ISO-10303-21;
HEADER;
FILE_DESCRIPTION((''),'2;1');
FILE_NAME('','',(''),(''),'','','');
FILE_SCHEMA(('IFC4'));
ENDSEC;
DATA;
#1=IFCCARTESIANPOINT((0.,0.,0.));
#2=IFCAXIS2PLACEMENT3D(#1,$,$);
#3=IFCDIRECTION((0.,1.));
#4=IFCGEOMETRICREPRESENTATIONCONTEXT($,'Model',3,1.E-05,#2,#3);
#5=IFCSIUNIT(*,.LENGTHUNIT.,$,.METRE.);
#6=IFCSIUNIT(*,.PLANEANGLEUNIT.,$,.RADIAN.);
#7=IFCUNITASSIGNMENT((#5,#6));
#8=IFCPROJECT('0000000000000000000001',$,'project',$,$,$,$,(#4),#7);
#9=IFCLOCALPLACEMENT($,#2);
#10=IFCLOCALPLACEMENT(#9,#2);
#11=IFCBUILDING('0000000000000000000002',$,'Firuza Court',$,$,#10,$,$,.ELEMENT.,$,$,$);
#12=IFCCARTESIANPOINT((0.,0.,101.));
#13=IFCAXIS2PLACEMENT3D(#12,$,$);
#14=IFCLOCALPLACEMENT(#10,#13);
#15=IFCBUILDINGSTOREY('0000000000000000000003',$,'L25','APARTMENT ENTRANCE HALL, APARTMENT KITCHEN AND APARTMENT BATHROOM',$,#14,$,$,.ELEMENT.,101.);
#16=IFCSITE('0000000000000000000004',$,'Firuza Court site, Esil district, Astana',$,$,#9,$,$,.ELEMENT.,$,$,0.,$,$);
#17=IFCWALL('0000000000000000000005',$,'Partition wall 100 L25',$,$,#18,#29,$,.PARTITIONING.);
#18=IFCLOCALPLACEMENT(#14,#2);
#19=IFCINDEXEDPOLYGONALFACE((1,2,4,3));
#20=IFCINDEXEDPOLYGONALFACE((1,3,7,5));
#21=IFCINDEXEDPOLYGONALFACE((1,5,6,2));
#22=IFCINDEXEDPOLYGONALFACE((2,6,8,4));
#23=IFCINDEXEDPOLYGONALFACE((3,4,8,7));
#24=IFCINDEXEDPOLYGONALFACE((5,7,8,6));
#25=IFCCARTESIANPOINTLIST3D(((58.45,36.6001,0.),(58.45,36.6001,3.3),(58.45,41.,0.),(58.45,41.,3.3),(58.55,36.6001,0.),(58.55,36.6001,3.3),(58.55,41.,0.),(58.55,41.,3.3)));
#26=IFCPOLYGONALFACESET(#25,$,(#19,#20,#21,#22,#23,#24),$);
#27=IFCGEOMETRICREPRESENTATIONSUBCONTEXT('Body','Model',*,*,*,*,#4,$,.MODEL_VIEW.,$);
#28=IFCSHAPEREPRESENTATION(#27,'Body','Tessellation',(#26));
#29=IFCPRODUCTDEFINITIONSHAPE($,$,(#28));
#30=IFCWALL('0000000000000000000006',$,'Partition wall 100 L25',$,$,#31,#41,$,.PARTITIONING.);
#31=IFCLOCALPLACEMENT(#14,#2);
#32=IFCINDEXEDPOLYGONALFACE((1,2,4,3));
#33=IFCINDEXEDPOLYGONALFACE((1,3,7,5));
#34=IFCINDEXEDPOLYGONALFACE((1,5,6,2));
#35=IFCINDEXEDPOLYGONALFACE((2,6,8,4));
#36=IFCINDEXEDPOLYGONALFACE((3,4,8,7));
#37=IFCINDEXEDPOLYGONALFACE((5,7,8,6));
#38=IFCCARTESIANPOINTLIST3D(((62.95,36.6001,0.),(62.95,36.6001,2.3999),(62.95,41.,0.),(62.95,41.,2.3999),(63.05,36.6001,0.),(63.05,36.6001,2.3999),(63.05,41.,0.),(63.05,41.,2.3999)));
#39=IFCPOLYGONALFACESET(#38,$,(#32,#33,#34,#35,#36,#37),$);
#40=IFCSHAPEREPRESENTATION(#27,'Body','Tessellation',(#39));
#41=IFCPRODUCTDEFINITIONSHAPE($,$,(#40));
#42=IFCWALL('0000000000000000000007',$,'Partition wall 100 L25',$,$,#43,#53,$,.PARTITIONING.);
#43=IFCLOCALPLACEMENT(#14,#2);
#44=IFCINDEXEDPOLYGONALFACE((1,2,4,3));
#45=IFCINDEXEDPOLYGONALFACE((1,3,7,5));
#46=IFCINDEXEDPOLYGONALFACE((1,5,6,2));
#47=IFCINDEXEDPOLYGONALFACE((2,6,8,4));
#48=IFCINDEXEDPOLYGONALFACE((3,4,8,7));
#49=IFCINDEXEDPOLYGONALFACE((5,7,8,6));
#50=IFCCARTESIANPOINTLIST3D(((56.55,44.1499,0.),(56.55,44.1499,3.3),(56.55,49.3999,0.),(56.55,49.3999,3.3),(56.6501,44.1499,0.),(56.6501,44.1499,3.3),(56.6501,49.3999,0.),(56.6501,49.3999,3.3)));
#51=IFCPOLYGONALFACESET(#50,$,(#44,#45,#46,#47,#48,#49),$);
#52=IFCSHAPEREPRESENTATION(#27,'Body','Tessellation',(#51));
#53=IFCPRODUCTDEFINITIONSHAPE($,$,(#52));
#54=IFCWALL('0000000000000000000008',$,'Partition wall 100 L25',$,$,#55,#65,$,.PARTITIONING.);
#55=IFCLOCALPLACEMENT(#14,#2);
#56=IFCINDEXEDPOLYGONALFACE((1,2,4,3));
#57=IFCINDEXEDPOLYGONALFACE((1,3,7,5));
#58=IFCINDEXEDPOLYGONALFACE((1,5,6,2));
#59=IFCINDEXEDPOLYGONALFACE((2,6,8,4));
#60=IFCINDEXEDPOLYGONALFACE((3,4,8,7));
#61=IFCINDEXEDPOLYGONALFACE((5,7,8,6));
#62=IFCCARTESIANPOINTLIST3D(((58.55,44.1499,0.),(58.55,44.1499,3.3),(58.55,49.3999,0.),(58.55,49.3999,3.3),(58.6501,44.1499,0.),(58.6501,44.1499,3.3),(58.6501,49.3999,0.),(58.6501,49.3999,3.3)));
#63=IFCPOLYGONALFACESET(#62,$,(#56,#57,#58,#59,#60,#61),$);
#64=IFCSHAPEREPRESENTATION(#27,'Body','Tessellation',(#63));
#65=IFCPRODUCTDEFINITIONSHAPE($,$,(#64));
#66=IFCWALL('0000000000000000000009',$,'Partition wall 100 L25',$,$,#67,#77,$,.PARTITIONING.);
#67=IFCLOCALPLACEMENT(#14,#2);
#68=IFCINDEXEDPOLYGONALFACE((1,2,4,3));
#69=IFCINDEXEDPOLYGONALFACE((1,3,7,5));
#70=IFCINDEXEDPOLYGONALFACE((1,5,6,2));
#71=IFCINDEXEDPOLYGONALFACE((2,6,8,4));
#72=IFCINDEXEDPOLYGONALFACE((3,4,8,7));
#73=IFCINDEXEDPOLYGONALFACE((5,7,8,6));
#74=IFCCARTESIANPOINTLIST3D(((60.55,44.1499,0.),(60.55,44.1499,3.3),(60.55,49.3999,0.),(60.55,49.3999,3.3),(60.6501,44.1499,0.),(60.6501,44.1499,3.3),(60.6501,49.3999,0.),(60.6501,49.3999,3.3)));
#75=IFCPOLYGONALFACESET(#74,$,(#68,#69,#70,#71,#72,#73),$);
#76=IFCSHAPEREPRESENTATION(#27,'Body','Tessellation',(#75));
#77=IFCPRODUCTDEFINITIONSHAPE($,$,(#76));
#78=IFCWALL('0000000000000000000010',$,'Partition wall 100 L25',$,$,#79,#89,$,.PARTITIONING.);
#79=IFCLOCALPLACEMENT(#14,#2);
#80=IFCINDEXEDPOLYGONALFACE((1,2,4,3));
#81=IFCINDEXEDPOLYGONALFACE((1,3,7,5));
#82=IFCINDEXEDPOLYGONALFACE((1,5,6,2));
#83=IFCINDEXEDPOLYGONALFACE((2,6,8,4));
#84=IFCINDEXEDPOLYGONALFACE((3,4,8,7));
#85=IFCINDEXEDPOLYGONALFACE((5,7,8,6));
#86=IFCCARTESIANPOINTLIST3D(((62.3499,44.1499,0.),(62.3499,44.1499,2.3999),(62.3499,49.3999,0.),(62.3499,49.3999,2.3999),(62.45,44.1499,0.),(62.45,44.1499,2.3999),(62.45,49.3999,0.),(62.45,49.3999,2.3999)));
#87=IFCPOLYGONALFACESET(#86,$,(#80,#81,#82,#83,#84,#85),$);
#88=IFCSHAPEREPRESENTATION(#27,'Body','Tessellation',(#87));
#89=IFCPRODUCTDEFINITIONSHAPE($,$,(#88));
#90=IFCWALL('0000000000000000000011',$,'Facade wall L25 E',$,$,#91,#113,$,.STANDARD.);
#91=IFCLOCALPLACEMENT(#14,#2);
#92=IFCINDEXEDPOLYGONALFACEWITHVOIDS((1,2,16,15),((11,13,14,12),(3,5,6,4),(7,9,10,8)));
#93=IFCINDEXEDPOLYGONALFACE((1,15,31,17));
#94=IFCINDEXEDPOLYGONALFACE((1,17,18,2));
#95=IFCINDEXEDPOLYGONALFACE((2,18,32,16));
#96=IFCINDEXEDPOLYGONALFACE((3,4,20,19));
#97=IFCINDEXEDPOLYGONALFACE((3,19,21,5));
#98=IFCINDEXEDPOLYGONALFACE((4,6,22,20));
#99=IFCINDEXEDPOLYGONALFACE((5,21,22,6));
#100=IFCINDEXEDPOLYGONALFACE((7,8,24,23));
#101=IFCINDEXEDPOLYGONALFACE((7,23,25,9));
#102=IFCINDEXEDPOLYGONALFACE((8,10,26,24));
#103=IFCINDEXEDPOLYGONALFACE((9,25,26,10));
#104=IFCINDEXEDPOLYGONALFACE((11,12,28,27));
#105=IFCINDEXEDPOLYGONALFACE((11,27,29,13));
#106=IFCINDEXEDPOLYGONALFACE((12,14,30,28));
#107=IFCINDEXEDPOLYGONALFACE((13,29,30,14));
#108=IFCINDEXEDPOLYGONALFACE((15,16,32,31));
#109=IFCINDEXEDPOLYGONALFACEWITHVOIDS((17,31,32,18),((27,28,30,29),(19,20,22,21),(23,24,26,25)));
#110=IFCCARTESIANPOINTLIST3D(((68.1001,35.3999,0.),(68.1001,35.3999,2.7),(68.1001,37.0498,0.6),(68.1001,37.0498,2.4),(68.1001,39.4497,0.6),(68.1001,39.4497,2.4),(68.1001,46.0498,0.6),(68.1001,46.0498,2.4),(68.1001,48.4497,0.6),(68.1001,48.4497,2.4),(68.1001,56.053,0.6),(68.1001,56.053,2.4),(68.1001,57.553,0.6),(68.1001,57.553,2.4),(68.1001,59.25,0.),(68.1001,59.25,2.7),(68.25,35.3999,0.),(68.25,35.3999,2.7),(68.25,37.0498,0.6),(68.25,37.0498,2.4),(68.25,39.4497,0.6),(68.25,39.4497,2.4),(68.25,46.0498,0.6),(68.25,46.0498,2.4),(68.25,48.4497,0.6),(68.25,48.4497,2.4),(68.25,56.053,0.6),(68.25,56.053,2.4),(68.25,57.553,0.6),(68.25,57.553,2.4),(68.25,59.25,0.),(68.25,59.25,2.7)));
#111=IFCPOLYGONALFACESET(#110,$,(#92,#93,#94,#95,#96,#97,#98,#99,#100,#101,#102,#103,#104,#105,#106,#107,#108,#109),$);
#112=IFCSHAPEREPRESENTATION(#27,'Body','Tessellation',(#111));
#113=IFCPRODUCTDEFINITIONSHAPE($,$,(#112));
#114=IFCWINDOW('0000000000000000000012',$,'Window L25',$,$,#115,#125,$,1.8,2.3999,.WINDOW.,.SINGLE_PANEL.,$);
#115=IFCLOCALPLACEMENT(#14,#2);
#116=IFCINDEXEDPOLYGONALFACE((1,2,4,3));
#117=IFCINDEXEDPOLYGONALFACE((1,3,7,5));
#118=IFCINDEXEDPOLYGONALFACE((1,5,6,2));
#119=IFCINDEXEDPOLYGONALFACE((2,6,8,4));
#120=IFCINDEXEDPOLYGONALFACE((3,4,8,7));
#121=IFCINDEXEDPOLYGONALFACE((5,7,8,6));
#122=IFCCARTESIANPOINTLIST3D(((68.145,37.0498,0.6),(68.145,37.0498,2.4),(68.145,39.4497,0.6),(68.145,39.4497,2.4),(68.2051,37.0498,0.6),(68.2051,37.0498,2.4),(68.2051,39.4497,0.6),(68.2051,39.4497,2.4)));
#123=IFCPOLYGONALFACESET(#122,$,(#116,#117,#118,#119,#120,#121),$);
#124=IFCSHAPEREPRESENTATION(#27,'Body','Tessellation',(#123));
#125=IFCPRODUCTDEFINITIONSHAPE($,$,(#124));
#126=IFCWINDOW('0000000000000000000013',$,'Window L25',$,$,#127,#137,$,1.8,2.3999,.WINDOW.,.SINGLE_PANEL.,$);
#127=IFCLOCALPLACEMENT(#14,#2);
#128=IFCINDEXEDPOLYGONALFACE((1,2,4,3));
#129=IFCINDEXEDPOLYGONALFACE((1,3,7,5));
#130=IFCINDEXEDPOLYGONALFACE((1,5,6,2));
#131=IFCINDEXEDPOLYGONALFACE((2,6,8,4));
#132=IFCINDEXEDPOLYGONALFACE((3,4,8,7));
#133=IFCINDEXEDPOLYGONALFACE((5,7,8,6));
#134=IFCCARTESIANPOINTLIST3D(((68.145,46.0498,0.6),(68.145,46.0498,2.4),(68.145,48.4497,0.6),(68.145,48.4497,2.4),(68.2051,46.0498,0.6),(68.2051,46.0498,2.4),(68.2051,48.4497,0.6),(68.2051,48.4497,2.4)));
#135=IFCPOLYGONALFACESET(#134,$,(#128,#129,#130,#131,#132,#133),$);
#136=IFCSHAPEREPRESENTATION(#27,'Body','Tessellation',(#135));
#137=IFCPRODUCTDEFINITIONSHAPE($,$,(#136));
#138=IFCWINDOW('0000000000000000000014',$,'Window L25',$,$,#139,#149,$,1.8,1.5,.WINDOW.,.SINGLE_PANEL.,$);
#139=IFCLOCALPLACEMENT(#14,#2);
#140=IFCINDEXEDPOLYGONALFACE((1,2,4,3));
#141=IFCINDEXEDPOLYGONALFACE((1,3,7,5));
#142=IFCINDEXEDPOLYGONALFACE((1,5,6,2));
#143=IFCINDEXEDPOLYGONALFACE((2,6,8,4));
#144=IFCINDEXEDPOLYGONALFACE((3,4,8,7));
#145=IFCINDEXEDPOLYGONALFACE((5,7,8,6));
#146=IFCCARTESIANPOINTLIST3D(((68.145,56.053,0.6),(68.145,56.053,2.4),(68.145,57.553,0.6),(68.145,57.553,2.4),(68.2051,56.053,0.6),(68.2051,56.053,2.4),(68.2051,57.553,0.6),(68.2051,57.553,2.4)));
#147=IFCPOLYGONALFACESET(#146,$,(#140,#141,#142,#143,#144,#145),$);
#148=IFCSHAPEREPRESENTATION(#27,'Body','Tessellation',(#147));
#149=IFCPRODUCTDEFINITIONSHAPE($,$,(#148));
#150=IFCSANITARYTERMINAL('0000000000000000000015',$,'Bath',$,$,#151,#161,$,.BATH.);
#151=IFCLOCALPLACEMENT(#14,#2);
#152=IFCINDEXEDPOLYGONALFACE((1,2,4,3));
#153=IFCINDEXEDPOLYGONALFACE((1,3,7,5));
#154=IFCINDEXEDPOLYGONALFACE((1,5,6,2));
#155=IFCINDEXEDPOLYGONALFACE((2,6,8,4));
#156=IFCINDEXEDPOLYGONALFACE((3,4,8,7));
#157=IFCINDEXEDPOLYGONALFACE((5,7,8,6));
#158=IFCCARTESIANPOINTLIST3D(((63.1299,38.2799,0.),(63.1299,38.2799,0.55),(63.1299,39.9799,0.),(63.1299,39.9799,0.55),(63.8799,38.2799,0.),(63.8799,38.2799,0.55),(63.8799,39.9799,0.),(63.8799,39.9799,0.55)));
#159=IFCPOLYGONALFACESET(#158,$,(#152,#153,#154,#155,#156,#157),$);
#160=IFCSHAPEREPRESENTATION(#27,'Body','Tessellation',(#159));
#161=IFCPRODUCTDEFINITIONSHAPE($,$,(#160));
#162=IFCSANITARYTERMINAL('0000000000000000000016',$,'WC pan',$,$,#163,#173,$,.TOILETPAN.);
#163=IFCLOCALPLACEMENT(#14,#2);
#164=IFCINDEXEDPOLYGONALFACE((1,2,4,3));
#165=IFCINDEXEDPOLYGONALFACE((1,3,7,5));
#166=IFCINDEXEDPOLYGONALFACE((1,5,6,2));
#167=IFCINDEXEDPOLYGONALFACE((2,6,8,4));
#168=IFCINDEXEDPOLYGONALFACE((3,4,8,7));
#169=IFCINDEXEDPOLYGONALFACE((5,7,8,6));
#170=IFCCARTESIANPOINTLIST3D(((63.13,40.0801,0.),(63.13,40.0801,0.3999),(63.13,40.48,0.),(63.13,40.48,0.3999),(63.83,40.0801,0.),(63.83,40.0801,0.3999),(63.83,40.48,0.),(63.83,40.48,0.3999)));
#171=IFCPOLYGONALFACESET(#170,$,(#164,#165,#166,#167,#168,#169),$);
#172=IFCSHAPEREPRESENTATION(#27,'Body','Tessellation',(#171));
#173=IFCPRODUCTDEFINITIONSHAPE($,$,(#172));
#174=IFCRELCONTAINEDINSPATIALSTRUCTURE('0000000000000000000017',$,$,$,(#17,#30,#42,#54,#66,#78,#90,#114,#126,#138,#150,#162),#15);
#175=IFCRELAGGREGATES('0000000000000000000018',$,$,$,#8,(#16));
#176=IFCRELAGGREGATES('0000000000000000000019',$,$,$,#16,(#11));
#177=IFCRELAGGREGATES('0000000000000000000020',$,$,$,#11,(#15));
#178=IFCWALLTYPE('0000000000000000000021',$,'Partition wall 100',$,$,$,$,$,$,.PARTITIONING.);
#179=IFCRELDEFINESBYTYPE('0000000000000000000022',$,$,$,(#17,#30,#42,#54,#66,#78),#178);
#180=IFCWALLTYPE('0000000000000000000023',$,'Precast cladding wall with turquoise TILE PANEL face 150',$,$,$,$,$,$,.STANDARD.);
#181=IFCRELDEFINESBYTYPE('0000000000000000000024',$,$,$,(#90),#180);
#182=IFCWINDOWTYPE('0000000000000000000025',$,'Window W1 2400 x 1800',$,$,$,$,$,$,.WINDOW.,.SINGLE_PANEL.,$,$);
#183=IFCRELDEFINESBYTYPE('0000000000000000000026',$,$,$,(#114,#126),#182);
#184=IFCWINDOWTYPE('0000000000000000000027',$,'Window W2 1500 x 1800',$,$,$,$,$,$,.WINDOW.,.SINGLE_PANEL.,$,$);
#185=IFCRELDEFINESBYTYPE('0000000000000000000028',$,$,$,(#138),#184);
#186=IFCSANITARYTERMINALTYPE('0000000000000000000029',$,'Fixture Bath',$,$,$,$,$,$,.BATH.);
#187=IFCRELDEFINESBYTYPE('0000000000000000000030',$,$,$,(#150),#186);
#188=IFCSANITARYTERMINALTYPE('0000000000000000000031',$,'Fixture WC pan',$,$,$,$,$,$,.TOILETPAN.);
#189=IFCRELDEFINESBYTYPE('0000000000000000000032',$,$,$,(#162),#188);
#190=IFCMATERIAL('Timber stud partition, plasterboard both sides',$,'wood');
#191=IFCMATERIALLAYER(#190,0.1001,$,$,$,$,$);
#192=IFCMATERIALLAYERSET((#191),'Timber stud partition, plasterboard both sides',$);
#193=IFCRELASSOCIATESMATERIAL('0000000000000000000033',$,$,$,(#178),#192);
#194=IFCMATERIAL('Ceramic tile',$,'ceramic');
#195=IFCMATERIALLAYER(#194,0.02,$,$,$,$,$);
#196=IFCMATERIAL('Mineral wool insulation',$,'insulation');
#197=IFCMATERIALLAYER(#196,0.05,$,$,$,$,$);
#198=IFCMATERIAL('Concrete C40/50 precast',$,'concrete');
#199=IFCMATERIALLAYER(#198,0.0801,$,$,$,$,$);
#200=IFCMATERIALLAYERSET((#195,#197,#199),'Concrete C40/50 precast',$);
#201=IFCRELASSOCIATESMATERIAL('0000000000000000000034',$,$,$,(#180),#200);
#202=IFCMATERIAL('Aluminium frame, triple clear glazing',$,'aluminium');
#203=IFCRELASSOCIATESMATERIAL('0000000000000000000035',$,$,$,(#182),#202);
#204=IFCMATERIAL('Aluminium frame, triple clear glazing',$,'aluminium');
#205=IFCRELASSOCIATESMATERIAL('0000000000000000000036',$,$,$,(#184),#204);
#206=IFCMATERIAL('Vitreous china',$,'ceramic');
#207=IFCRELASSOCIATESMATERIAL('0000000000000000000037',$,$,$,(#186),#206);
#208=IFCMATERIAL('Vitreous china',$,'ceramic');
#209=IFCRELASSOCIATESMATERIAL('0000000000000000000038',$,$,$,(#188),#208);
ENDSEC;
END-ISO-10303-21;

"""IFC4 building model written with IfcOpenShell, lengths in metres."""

from ifc_helpers import new_model, si_unit, direction, frame, frame_2d, origin, origin_2d, place, context, subcontext, project, spatial, rectangle, extrude, material, layer, layer_set, type_object, element, fill, save


model = new_model("IFC4")

# Units and contexts
model_context = context("Model", 3, precision=1e-05, world=origin(), true_north=direction((0.0, 1.0)))
body_context = subcontext(model_context, "Body", "Model", "MODEL_VIEW")
ifc_project = project(units=[si_unit("LENGTHUNIT", "METRE"), si_unit("PLANEANGLEUNIT", "RADIAN")], contexts=[model_context])

# Site, building, storey
site_placement = place(None, origin())
site = spatial("IfcSite", under=ifc_project, at=site_placement, Name="Firuza Court site, Esil district, Astana", CompositionType="ELEMENT", RefElevation=0.0)
building_placement = place(site_placement, origin())
building = spatial("IfcBuilding", under=site, at=building_placement, Name="Firuza Court", CompositionType="ELEMENT")
storey_placement = place(building_placement, frame((0.0, 0.0, 101.0)))
storey = spatial("IfcBuildingStorey", under=building, at=storey_placement, Name="L25", Description="APARTMENT ENTRANCE HALL, APARTMENT KITCHEN AND APARTMENT BATHROOM", CompositionType="ELEMENT", Elevation=101.0)

# Walls
ifc_material_1 = material(Name="Timber stud partition, plasterboard both sides", Category="wood")
ifc_layer_1 = layer(ifc_material_1, 0.1001)
ifc_layer_set_1 = layer_set([ifc_layer_1], Name="Timber stud partition, plasterboard both sides")
wall_type_1 = type_object("IfcWallType", Name="Partition wall 100", PredefinedType="PARTITIONING", material=ifc_layer_set_1)
wall_1_placement = place(storey_placement, frame((58.5, 36.6001, 0.0), z_axis=(0.0, 0.0, 1.0), x_axis=(0.0, 1.0, 0.0)))
element("IfcWall", 1, at=wall_1_placement, inside=storey, type_object=wall_type_1, Name="Partition wall 100 L25", PredefinedType="PARTITIONING", context=body_context, shape_type="SweptSolid", body=[
    extrude(rectangle(XDim=4.3999, YDim=0.1001, at=frame_2d((2.2, 0.0))), origin(), (0.0, 0.0, 1.0), 3.3),
])
wall_2_placement = place(storey_placement, frame((63.0, 36.6001, 0.0), z_axis=(0.0, 0.0, 1.0), x_axis=(0.0, 1.0, 0.0)))
element("IfcWall", 2, at=wall_2_placement, inside=storey, type_object=wall_type_1, Name="Partition wall 100 L25", PredefinedType="PARTITIONING", context=body_context, shape_type="SweptSolid", body=[
    extrude(rectangle(XDim=4.3999, YDim=0.1001, at=frame_2d((2.2, 0.0))), origin(), (0.0, 0.0, 1.0), 2.3999),
])
for number, where, z_axis, x_axis, name in (
    (3, (56.6001, 44.1499, 0.0), (0.0, 0.0, 1.0), (0.0, 1.0, 0.0), "Partition wall 100 L25"),
    (4, (58.6001, 44.1499, 0.0), (0.0, 0.0, 1.0), (0.0, 1.0, 0.0), "Partition wall 100 L25"),
    (5, (60.6001, 44.1499, 0.0), (0.0, 0.0, 1.0), (0.0, 1.0, 0.0), "Partition wall 100 L25"),
):
    element("IfcWall", number, at=place(storey_placement, frame(where, z_axis=z_axis, x_axis=x_axis)), inside=storey, type_object=wall_type_1, Name=name, PredefinedType="PARTITIONING", context=body_context, shape_type="SweptSolid", body=[
        extrude(rectangle(XDim=5.25, YDim=0.1001, at=frame_2d((2.625, 0.0))), origin(), (0.0, 0.0, 1.0), 3.3),
    ])
wall_3_placement = place(storey_placement, frame((62.3999, 44.1499, 0.0), z_axis=(0.0, 0.0, 1.0), x_axis=(0.0, 1.0, 0.0)))
element("IfcWall", 6, at=wall_3_placement, inside=storey, type_object=wall_type_1, Name="Partition wall 100 L25", PredefinedType="PARTITIONING", context=body_context, shape_type="SweptSolid", body=[
    extrude(rectangle(XDim=5.25, YDim=0.1001, at=frame_2d((2.625, 0.0))), origin(), (0.0, 0.0, 1.0), 2.3999),
])

# Wall, openings, windows
ifc_material_2 = material(Name="Ceramic tile", Category="ceramic")
ifc_layer_2 = layer(ifc_material_2, 0.02)
ifc_material_3 = material(Name="Mineral wool insulation", Category="insulation")
ifc_layer_3 = layer(ifc_material_3, 0.05)
ifc_material_4 = material(Name="Concrete C40/50 precast", Category="concrete")
ifc_layer_4 = layer(ifc_material_4, 0.0801)
ifc_layer_set_2 = layer_set([ifc_layer_2, ifc_layer_3, ifc_layer_4], Name="Concrete C40/50 precast")
wall_type_2 = type_object("IfcWallType", Name="Precast cladding wall with turquoise TILE PANEL face 150", PredefinedType="STANDARD", material=ifc_layer_set_2)
wall_4_placement = place(storey_placement, frame((68.175, 35.3999, 0.0), z_axis=(0.0, 0.0, 1.0), x_axis=(0.0, 1.0, 0.0)))
wall_4 = element("IfcWall", 7, at=wall_4_placement, inside=storey, type_object=wall_type_2, Name="Facade wall L25 E", PredefinedType="STANDARD", context=body_context, shape_type="SweptSolid", body=[
    extrude(rectangle(XDim=23.8501, YDim=0.1499, at=frame_2d((11.925, 0.0))), origin(), (0.0, 0.0, 1.0), 2.7),
])
opening_1_placement = place(wall_4_placement, frame((1.6499, 0.0, 0.6001)))
opening_1 = element("IfcOpeningElement", 8, at=opening_1_placement, cuts=wall_4, PredefinedType="OPENING", context=body_context, shape_type="SweptSolid", body=[
    extrude(rectangle(XDim=2.3999, YDim=1.8, at=frame_2d((1.2, 0.8999))), frame((0.0, 0.0869, 0.0), z_axis=(0.0, -1.0, 0.0), x_axis=(1.0, 0.0, 0.0)), (0.0, 0.0, 1.0), 0.1738),
])
opening_2_placement = place(wall_4_placement, frame((10.6499, 0.0, 0.6001)))
opening_2 = element("IfcOpeningElement", 9, at=opening_2_placement, cuts=wall_4, PredefinedType="OPENING", context=body_context, shape_type="SweptSolid", body=[
    extrude(rectangle(XDim=2.3999, YDim=1.8, at=frame_2d((1.2, 0.8999))), frame((0.0, 0.0869, 0.0), z_axis=(0.0, -1.0, 0.0), x_axis=(1.0, 0.0, 0.0)), (0.0, 0.0, 1.0), 0.1738),
])
opening_3_placement = place(wall_4_placement, frame((20.6531, 0.0, 0.6001)))
opening_3 = element("IfcOpeningElement", 10, at=opening_3_placement, cuts=wall_4, PredefinedType="OPENING", context=body_context, shape_type="SweptSolid", body=[
    extrude(rectangle(XDim=1.5, YDim=1.8, at=frame_2d((0.75, 0.8999))), frame((0.0, 0.0869, 0.0), z_axis=(0.0, -1.0, 0.0), x_axis=(1.0, 0.0, 0.0)), (0.0, 0.0, 1.0), 0.1738),
])
ifc_material_5 = material(Name="Aluminium frame, triple clear glazing", Category="aluminium")
window_type_1 = type_object("IfcWindowType", Name="Window W1 2400 x 1800", PartitioningType="SINGLE_PANEL", PredefinedType="WINDOW", material=ifc_material_5)
window_1_placement = place(opening_1_placement, origin())
window_1 = element("IfcWindow", 11, at=window_1_placement, inside=storey, type_object=window_type_1, Name="Window L25", OverallHeight=1.8, OverallWidth=2.3999, PartitioningType="SINGLE_PANEL", PredefinedType="WINDOW", context=body_context, shape_type="SweptSolid", body=[
    extrude(rectangle(XDim=2.3999, YDim=1.8, at=frame_2d((1.2, 0.8999))), frame((0.0, 0.03, 0.0), z_axis=(0.0, -1.0, 0.0), x_axis=(1.0, 0.0, 0.0)), (0.0, 0.0, 1.0), 0.0601),
])
fill(opening_1, window_1)
window_2_placement = place(opening_2_placement, origin())
window_2 = element("IfcWindow", 12, at=window_2_placement, inside=storey, type_object=window_type_1, Name="Window L25", OverallHeight=1.8, OverallWidth=2.3999, PartitioningType="SINGLE_PANEL", PredefinedType="WINDOW", context=body_context, shape_type="SweptSolid", body=[
    extrude(rectangle(XDim=2.3999, YDim=1.8, at=frame_2d((1.2, 0.8999))), frame((0.0, 0.03, 0.0), z_axis=(0.0, -1.0, 0.0), x_axis=(1.0, 0.0, 0.0)), (0.0, 0.0, 1.0), 0.0601),
])
fill(opening_2, window_2)
ifc_material_6 = material(Name="Aluminium frame, triple clear glazing", Category="aluminium")
window_type_2 = type_object("IfcWindowType", Name="Window W2 1500 x 1800", PartitioningType="SINGLE_PANEL", PredefinedType="WINDOW", material=ifc_material_6)
window_3_placement = place(opening_3_placement, origin())
window_3 = element("IfcWindow", 13, at=window_3_placement, inside=storey, type_object=window_type_2, Name="Window L25", OverallHeight=1.8, OverallWidth=1.5, PartitioningType="SINGLE_PANEL", PredefinedType="WINDOW", context=body_context, shape_type="SweptSolid", body=[
    extrude(rectangle(XDim=1.5, YDim=1.8, at=frame_2d((0.75, 0.8999))), frame((0.0, 0.03, 0.0), z_axis=(0.0, -1.0, 0.0), x_axis=(1.0, 0.0, 0.0)), (0.0, 0.0, 1.0), 0.0601),
])
fill(opening_3, window_3)

# Sanitary terminals
ifc_material_7 = material(Name="Vitreous china", Category="ceramic")
sanitary_terminal_type_1 = type_object("IfcSanitaryTerminalType", Name="Fixture Bath", PredefinedType="BATH", material=ifc_material_7)
sanitary_terminal_1_placement = place(storey_placement, frame((63.5049, 39.1299, 0.0), z_axis=(0.0, 0.0, 1.0), x_axis=(1.0, 0.0, 0.0)))
element("IfcSanitaryTerminal", 14, at=sanitary_terminal_1_placement, inside=storey, type_object=sanitary_terminal_type_1, Name="Bath", PredefinedType="BATH", context=body_context, shape_type="SweptSolid", body=[
    extrude(rectangle(XDim=0.75, YDim=1.7, at=origin_2d()), origin(), (0.0, 0.0, 1.0), 0.55),
])
ifc_material_8 = material(Name="Vitreous china", Category="ceramic")
sanitary_terminal_type_2 = type_object("IfcSanitaryTerminalType", Name="Fixture WC pan", PredefinedType="TOILETPAN", material=ifc_material_8)
sanitary_terminal_2_placement = place(storey_placement, frame((63.48, 40.28, 0.0), z_axis=(0.0, 0.0, 1.0), x_axis=(1.0, 0.0, 0.0)))
element("IfcSanitaryTerminal", 15, at=sanitary_terminal_2_placement, inside=storey, type_object=sanitary_terminal_type_2, Name="WC pan", PredefinedType="TOILETPAN", context=body_context, shape_type="SweptSolid", body=[
    extrude(rectangle(XDim=0.7, YDim=0.3999, at=origin_2d()), origin(), (0.0, 0.0, 1.0), 0.3999),
])

save(model, "model.ifc")
